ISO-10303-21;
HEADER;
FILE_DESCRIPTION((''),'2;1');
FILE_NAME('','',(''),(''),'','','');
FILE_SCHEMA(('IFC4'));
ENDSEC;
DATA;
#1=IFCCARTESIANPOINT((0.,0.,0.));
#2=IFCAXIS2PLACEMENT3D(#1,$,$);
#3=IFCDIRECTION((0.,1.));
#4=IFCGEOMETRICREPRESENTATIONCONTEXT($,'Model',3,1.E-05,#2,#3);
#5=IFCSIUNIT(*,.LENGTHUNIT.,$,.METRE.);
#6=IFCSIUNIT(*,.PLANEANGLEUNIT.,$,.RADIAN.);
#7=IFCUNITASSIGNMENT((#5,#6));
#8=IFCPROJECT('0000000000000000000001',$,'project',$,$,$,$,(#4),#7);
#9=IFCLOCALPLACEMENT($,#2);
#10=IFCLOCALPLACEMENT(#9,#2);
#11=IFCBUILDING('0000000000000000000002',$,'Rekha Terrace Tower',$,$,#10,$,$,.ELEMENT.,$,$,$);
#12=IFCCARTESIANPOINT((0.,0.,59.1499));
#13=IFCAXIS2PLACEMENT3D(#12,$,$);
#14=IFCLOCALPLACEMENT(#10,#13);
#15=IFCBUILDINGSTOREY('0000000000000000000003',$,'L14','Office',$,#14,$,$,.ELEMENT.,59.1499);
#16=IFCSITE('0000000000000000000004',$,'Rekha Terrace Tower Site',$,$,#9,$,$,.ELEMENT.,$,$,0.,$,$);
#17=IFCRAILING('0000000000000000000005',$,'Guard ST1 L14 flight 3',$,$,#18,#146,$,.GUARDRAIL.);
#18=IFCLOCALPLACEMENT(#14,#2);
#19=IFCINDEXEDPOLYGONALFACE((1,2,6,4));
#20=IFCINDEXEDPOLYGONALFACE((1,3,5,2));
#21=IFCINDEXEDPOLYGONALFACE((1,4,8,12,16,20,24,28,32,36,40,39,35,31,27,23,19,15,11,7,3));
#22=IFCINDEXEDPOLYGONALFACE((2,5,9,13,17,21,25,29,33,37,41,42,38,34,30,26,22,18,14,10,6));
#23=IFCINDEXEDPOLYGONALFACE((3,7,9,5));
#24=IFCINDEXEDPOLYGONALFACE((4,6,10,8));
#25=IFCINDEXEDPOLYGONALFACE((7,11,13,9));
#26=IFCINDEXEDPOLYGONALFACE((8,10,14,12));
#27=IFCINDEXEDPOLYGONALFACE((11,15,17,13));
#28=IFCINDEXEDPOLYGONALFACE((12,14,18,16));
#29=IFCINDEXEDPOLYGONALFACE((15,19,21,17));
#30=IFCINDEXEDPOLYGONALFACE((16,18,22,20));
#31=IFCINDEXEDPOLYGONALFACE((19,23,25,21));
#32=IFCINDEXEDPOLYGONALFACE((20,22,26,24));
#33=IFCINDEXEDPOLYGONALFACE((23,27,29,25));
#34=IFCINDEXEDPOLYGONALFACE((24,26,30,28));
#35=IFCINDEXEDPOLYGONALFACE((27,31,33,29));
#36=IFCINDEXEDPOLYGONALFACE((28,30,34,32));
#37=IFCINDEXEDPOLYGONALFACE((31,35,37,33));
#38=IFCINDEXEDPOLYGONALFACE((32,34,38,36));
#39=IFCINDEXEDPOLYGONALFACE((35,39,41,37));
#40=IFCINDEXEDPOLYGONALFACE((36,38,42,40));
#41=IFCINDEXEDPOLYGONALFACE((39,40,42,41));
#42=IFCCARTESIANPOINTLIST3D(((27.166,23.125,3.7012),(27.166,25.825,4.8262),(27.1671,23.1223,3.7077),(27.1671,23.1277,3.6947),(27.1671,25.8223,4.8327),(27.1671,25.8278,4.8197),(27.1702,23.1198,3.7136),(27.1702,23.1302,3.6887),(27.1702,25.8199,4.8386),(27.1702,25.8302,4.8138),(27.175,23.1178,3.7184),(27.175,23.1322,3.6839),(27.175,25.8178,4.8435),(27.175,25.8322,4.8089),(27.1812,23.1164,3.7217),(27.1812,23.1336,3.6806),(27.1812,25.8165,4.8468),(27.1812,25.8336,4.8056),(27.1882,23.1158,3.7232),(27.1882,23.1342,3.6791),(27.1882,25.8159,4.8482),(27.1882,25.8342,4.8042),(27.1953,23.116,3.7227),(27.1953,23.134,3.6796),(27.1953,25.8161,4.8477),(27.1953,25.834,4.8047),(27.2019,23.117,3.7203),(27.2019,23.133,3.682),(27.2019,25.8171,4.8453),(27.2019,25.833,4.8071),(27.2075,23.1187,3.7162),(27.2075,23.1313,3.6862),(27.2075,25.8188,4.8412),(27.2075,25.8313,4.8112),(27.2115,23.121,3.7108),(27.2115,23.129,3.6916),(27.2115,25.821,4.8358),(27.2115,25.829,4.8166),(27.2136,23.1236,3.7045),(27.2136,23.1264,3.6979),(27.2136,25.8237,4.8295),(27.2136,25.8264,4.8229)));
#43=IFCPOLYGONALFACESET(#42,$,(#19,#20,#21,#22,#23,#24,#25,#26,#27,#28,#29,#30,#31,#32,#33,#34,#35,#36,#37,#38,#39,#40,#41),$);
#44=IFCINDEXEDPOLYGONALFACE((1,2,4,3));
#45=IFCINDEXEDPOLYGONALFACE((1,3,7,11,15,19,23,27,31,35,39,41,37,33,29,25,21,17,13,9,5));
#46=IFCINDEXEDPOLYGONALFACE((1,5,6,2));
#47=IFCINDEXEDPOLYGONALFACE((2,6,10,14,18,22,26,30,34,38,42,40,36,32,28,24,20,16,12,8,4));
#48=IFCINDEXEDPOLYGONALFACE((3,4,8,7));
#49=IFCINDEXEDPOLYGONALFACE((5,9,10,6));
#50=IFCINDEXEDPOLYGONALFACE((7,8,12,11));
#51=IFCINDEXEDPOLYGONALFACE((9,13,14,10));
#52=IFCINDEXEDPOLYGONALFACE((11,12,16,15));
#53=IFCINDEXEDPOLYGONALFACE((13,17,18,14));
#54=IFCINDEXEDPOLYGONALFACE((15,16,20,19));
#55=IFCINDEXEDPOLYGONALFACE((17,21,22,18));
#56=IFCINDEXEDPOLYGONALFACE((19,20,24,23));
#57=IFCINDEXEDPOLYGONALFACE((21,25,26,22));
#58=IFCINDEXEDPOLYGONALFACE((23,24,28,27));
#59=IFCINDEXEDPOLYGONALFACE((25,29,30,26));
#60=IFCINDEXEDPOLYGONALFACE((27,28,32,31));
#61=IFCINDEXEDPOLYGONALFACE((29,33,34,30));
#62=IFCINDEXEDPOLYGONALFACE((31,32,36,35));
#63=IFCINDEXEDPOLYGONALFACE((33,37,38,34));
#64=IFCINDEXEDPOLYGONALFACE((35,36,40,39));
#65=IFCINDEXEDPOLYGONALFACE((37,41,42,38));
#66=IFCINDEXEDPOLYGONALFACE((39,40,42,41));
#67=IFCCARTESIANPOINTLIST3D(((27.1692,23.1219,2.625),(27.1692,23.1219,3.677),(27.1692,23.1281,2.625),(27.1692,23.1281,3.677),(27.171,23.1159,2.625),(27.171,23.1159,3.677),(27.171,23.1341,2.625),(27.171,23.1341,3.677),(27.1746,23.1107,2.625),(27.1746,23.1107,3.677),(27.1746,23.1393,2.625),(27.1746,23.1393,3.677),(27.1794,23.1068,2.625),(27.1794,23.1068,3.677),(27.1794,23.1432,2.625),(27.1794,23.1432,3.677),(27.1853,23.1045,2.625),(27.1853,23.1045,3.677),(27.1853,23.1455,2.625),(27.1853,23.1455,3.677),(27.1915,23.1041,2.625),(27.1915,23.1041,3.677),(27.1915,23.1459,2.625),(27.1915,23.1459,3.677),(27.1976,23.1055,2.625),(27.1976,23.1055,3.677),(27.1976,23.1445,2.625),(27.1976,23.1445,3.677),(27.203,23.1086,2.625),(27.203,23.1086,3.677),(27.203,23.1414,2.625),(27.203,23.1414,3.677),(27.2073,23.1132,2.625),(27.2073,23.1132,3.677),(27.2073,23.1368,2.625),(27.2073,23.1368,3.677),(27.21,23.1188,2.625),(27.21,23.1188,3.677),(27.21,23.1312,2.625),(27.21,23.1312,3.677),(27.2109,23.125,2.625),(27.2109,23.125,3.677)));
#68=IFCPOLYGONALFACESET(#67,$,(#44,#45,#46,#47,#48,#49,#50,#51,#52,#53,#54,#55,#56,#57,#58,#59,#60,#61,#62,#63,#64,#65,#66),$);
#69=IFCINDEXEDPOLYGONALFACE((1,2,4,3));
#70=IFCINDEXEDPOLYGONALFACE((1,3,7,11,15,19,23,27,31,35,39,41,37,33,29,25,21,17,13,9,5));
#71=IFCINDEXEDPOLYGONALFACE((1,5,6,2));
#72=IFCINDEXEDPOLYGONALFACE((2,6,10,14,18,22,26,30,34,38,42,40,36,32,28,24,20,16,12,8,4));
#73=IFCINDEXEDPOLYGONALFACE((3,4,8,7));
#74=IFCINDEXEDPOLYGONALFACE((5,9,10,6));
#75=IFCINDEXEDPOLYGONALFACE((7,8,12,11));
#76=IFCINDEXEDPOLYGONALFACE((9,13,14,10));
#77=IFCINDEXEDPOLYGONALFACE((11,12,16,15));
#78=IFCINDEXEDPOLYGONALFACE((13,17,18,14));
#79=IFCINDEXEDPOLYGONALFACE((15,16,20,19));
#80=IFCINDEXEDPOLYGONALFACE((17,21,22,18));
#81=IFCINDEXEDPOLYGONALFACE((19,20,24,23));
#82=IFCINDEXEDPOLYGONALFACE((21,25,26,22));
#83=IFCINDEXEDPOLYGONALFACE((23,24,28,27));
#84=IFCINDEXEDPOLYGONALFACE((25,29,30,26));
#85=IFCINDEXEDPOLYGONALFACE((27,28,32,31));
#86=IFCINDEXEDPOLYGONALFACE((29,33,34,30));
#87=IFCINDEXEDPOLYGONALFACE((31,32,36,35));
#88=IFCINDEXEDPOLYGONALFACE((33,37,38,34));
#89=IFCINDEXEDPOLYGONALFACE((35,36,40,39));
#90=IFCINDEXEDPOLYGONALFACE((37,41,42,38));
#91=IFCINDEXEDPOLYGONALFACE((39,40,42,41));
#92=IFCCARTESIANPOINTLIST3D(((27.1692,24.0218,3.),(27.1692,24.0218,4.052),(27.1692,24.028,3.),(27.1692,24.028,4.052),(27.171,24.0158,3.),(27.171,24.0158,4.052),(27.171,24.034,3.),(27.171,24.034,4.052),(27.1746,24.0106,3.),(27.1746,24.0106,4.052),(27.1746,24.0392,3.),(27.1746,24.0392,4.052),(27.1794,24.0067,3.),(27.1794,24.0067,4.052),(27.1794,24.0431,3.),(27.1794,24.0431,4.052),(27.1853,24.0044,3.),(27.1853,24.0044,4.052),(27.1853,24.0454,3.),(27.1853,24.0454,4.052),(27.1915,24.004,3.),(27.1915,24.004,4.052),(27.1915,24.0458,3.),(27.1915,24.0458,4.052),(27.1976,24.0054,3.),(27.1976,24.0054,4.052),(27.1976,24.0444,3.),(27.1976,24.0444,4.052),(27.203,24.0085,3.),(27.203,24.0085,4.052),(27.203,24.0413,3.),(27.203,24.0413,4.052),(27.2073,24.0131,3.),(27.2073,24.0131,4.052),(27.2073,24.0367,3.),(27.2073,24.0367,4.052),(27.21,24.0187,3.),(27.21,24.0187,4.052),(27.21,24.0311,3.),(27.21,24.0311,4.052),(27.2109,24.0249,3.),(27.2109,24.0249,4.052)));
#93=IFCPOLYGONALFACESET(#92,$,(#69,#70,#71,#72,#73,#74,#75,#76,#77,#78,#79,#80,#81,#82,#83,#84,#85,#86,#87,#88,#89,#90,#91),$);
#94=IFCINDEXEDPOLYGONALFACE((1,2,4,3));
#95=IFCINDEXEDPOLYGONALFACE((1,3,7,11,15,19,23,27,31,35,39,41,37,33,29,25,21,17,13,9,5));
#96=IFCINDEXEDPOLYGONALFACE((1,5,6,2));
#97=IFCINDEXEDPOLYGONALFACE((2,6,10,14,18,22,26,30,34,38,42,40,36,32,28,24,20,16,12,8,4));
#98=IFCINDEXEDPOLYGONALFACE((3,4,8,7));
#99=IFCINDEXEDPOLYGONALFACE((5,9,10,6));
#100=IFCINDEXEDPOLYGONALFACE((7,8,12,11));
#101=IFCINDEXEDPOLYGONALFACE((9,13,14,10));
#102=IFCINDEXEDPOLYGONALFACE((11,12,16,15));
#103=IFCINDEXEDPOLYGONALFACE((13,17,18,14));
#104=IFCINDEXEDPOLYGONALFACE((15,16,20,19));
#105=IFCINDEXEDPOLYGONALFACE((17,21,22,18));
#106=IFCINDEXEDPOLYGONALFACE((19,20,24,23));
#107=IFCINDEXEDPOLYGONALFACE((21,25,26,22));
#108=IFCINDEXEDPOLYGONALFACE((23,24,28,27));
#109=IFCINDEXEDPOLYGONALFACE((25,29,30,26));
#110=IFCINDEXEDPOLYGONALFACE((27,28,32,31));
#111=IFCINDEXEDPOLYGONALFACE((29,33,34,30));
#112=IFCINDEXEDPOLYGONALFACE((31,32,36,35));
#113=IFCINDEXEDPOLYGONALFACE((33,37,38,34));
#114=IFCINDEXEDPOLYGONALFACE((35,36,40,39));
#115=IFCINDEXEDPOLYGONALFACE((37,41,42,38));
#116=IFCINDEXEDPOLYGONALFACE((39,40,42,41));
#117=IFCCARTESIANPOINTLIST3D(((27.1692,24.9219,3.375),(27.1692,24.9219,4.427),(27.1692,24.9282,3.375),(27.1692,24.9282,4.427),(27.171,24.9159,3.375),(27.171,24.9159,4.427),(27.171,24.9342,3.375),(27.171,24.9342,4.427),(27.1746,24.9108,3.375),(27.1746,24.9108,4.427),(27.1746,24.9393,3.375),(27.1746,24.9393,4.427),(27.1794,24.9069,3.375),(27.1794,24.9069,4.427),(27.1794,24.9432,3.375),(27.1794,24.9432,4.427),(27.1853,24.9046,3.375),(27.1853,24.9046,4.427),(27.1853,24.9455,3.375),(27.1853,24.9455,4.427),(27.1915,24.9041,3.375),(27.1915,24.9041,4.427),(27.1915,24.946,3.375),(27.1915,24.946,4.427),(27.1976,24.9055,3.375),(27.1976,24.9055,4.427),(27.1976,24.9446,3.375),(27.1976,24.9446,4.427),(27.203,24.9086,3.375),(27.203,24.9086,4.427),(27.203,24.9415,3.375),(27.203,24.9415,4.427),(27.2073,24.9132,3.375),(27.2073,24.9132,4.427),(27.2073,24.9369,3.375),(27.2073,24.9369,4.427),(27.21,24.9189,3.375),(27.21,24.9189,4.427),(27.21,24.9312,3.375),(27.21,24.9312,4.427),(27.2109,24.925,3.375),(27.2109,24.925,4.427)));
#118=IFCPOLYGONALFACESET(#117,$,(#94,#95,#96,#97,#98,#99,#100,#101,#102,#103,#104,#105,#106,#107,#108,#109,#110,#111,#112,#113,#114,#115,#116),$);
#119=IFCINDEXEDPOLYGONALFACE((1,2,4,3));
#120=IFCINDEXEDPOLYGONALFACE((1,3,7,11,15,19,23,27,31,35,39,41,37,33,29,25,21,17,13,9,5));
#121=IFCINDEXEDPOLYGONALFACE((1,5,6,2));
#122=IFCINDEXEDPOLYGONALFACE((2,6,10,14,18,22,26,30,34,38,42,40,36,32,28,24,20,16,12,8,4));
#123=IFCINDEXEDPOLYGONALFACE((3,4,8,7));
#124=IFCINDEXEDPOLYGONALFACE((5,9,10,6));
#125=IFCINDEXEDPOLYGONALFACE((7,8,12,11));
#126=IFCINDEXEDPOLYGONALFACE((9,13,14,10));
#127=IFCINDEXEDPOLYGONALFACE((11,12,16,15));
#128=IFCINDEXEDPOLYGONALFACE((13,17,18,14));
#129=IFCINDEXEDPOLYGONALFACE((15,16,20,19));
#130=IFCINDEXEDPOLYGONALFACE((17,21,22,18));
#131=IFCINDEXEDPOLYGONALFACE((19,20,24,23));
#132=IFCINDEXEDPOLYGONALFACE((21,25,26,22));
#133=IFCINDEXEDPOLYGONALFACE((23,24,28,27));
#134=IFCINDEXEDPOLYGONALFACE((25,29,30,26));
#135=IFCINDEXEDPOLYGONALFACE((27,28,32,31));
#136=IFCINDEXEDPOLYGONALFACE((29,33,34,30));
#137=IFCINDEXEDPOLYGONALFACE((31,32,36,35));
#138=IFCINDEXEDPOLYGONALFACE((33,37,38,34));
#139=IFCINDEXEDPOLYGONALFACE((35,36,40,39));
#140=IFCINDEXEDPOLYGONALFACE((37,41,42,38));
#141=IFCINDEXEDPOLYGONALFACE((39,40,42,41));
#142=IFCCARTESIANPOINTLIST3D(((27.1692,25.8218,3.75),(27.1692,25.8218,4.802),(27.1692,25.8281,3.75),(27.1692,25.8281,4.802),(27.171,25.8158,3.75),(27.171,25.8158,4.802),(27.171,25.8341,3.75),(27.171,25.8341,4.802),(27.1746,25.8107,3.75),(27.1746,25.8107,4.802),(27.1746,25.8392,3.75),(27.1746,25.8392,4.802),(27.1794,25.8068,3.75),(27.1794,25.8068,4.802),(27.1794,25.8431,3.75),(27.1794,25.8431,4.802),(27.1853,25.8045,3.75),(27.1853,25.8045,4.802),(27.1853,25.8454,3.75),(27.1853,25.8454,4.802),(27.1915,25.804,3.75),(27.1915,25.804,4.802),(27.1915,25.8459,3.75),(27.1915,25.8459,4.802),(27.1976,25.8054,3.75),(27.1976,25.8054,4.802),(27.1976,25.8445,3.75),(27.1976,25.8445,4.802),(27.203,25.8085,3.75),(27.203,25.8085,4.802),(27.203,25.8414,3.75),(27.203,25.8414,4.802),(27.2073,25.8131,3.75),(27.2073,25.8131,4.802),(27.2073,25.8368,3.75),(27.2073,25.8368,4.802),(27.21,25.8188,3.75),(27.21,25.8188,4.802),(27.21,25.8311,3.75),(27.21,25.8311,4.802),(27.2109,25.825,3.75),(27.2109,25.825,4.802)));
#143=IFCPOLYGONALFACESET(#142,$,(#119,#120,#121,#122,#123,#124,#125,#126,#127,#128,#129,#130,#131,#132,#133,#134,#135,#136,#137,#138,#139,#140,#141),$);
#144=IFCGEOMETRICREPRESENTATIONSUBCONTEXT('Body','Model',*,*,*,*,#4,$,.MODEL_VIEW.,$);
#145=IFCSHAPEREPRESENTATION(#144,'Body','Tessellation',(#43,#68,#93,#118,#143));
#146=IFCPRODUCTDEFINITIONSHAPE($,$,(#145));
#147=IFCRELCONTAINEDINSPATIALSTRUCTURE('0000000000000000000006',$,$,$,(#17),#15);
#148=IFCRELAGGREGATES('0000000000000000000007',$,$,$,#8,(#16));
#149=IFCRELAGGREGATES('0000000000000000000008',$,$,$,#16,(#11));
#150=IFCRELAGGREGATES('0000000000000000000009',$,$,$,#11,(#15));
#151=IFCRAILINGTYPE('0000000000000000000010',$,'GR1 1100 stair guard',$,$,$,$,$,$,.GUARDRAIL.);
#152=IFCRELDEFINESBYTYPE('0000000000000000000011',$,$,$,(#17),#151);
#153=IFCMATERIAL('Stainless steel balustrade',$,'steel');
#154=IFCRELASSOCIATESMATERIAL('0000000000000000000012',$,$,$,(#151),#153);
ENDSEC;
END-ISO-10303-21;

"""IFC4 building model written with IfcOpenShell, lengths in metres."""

from ifc_helpers import new_model, si_unit, direction, frame, origin, origin_2d, place, context, subcontext, project, spatial, circle, extrude, material, type_object, element, save


model = new_model("IFC4")

# Units and contexts
model_context = context("Model", 3, precision=1e-05, world=origin(), true_north=direction((0.0, 1.0)))
body_context = subcontext(model_context, "Body", "Model", "MODEL_VIEW")
ifc_project = project(units=[si_unit("LENGTHUNIT", "METRE"), si_unit("PLANEANGLEUNIT", "RADIAN")], contexts=[model_context])

# Site, building, storey
site_placement = place(None, origin())
site = spatial("IfcSite", under=ifc_project, at=site_placement, Name="Rekha Terrace Tower Site", CompositionType="ELEMENT", RefElevation=0.0)
building_placement = place(site_placement, origin())
building = spatial("IfcBuilding", under=site, at=building_placement, Name="Rekha Terrace Tower", CompositionType="ELEMENT")
storey_placement = place(building_placement, frame((0.0, 0.0, 59.1499)))
storey = spatial("IfcBuildingStorey", under=building, at=storey_placement, Name="L14", Description="Office", CompositionType="ELEMENT", Elevation=59.1499)

# Railing
ifc_material_1 = material(Name="Stainless steel balustrade", Category="steel")
railing_type_1 = type_object("IfcRailingType", Name="GR1 1100 stair guard", PredefinedType="GUARDRAIL", material=ifc_material_1)
railing_1_placement = place(storey_placement, frame((27.1899, 23.125, 2.625)))
element("IfcRailing", 1, at=railing_1_placement, inside=storey, type_object=railing_type_1, Name="Guard ST1 L14 flight 3", PredefinedType="GUARDRAIL", context=body_context, shape_type="SweptSolid", body=[
    extrude(circle(Radius=0.0239, at=origin_2d()), frame((0.0, 0.0, 1.0762), z_axis=(0.0, 0.923074, 0.384621), x_axis=(-1.0, 0.0, 0.0)), (0.0, 0.0, 1.0), 2.925),
    extrude(circle(Radius=0.021, at=origin_2d()), origin(), (0.0, 0.0, 1.0), 1.052),
    extrude(circle(Radius=0.021, at=origin_2d()), frame((0.0, 0.8999, 0.375)), (0.0, 0.0, 1.0), 1.052),
    extrude(circle(Radius=0.021, at=origin_2d()), frame((0.0, 1.8, 0.75)), (0.0, 0.0, 1.0), 1.052),
    extrude(circle(Radius=0.021, at=origin_2d()), frame((0.0, 2.7, 1.125)), (0.0, 0.0, 1.0), 1.052),
])

save(model, "model.ifc")
